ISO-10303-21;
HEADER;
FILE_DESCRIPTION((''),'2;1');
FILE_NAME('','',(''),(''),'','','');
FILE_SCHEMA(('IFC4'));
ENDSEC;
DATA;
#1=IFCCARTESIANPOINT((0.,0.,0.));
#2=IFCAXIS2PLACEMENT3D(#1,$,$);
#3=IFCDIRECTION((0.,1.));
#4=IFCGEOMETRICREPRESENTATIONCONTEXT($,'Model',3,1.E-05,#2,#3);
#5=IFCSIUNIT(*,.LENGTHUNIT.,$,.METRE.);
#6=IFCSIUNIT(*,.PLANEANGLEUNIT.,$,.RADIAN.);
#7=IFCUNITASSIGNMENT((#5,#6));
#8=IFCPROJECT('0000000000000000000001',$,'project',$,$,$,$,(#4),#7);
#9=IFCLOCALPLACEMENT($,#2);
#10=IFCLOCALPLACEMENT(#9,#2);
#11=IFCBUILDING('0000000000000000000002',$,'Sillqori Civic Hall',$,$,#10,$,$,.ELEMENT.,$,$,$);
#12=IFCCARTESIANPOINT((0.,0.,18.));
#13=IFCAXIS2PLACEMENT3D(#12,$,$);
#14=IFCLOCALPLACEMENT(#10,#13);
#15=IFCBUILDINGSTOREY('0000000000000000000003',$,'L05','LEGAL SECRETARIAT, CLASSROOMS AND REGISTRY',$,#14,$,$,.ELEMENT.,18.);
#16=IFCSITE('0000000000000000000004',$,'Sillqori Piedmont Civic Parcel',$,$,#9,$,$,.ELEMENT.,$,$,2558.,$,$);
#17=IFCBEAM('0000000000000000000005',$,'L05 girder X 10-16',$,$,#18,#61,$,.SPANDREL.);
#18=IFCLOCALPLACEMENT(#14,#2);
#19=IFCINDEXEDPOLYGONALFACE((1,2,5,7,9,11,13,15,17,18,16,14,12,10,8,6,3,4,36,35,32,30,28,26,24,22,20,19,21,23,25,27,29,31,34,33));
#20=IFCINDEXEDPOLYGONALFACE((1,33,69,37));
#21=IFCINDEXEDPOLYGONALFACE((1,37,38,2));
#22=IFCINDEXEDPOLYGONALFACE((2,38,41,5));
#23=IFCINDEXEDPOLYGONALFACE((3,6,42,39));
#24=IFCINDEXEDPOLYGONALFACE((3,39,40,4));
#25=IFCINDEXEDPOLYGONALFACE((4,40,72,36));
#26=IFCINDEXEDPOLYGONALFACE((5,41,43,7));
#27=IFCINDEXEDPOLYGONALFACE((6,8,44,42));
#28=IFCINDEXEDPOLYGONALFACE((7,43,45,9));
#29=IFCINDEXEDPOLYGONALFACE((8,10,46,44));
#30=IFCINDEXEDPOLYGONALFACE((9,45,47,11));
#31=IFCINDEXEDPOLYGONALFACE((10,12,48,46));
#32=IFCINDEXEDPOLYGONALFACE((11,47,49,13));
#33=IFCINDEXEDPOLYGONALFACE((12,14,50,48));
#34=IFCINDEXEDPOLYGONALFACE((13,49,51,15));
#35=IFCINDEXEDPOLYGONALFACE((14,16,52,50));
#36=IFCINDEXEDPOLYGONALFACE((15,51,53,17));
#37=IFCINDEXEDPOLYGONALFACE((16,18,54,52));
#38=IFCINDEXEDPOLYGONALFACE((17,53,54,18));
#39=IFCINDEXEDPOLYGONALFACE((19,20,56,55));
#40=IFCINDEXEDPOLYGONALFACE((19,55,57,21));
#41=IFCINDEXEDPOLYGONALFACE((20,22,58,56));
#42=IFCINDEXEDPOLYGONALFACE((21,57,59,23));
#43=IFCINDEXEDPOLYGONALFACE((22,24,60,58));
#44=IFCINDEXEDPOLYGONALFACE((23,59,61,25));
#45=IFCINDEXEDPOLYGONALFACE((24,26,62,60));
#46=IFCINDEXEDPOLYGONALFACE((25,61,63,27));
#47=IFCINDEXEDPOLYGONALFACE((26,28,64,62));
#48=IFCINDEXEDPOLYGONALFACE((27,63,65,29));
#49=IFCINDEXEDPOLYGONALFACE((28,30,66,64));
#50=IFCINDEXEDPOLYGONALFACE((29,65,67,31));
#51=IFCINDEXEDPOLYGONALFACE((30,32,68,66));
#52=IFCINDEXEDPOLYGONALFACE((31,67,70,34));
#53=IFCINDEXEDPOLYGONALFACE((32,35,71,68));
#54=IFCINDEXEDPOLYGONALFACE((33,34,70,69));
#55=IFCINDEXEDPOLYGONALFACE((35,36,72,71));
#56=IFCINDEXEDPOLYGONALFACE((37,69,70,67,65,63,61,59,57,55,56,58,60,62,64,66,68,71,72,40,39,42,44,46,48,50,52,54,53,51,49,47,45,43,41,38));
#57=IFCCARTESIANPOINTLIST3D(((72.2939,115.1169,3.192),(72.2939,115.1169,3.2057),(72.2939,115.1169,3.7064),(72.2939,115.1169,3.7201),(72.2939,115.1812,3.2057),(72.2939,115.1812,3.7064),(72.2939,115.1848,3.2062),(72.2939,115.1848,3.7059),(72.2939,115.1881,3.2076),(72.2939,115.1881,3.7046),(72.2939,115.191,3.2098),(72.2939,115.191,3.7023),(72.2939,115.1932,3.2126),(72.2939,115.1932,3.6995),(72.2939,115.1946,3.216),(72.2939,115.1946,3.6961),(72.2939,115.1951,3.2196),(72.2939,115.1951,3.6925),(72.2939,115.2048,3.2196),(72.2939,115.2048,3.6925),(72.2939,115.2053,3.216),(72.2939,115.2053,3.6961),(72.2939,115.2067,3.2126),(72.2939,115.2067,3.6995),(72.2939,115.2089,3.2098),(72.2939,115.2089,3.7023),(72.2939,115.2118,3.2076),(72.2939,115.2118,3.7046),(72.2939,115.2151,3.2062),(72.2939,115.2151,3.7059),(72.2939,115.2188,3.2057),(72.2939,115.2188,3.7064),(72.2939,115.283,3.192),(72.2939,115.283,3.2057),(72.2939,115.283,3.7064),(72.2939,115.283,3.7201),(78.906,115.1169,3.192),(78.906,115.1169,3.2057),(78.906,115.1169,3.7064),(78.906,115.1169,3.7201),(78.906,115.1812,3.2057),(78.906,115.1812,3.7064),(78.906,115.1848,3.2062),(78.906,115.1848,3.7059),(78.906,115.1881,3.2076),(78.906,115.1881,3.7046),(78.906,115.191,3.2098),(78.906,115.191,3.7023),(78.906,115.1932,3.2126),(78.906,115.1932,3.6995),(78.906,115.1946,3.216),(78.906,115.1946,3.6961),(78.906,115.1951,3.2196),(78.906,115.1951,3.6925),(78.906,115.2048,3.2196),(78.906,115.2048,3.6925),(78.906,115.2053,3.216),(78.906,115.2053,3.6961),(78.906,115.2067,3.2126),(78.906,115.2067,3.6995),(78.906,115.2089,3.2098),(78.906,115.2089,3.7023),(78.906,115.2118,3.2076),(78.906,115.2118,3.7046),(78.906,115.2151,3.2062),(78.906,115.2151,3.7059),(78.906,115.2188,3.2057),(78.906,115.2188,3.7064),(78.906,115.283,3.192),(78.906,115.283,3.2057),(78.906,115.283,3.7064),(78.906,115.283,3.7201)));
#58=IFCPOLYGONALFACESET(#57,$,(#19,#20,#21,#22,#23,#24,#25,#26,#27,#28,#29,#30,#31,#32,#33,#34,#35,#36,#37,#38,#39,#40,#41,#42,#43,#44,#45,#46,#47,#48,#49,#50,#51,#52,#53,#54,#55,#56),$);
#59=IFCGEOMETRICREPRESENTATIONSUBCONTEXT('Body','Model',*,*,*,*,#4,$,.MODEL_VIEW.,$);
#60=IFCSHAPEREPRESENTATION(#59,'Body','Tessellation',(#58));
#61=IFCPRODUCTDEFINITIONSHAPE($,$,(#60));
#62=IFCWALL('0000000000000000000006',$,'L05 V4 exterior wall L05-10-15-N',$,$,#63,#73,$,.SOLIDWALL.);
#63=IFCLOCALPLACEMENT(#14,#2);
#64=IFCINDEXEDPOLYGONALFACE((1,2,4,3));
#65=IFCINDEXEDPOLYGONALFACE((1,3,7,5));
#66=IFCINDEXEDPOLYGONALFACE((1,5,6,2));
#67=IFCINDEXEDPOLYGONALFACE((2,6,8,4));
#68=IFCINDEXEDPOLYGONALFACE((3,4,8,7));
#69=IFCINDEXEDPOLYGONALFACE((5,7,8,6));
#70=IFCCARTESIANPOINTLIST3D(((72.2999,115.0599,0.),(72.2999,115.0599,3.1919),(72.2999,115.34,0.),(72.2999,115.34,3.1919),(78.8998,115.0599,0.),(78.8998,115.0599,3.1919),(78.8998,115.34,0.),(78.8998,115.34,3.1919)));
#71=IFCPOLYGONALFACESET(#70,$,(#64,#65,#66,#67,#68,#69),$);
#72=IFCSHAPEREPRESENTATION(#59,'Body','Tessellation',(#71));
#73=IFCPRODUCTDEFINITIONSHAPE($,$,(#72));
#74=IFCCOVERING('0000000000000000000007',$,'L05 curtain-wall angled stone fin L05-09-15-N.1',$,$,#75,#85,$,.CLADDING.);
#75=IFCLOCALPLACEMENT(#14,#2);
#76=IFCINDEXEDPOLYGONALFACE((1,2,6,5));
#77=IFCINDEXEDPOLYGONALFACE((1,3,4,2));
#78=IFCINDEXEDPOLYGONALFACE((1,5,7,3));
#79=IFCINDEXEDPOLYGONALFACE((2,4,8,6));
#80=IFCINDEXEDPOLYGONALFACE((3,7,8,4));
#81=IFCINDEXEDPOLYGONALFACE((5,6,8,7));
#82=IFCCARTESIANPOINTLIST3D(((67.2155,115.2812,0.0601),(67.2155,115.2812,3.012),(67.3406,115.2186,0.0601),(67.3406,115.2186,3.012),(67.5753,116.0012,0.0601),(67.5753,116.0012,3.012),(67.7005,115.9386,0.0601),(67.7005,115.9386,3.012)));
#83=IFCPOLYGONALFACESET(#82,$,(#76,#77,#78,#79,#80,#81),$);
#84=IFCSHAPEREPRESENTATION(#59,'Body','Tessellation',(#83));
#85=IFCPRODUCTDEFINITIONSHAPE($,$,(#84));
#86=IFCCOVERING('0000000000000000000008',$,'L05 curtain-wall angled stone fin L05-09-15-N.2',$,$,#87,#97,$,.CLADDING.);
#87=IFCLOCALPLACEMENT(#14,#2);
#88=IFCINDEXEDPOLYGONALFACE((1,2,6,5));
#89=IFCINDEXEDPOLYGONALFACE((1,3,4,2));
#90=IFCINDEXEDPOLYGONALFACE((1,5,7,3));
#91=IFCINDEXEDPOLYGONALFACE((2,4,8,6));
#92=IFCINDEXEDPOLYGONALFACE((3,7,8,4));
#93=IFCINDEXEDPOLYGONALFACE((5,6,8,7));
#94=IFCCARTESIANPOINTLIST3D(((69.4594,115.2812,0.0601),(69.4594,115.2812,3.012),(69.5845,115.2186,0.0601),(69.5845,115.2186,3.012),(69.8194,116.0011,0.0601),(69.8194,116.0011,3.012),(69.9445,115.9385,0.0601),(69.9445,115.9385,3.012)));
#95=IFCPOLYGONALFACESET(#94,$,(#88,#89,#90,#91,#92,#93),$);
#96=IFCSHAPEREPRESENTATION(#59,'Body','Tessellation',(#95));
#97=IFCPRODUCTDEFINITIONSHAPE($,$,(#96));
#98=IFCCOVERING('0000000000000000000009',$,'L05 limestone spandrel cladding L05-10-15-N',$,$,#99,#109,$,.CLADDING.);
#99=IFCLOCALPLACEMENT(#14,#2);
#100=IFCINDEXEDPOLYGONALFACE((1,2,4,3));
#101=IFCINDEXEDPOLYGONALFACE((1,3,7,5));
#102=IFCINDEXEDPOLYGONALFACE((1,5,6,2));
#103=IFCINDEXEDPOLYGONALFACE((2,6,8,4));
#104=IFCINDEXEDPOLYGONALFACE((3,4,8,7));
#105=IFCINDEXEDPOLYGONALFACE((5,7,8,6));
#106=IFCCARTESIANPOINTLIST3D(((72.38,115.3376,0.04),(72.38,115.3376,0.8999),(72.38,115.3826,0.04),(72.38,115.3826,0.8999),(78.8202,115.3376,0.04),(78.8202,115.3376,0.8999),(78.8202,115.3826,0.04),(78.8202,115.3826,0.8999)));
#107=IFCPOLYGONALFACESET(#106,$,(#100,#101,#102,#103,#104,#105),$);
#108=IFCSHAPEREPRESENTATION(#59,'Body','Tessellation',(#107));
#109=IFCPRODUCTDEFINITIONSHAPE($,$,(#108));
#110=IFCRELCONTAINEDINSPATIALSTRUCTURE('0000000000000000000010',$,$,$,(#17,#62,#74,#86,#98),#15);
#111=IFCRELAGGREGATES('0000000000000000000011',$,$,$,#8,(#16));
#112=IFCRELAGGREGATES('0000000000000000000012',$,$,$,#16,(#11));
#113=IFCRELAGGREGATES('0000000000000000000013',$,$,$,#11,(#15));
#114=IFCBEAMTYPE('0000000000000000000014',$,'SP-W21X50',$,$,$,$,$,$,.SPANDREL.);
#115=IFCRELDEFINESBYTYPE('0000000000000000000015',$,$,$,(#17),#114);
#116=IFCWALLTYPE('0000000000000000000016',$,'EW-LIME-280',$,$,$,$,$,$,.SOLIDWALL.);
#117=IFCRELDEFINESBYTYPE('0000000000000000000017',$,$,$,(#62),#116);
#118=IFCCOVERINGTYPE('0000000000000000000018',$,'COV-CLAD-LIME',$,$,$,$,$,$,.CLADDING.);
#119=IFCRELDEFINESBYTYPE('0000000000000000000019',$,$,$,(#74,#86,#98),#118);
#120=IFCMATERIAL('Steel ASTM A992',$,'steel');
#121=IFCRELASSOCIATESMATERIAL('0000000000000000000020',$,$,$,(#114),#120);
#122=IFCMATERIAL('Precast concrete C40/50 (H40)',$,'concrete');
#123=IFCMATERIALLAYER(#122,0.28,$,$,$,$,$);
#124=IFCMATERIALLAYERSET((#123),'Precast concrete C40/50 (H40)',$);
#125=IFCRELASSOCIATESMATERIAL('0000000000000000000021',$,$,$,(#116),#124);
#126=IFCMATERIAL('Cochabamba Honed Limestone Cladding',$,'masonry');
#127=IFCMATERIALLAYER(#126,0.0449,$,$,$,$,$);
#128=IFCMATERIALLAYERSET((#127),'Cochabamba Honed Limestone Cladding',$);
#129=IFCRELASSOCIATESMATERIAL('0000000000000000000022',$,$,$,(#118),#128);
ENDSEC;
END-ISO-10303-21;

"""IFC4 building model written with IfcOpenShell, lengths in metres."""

from ifc_helpers import new_model, si_unit, direction, frame, frame_2d, origin, origin_2d, place, context, subcontext, project, spatial, rectangle, i_section, extrude, material, layer, layer_set, material_profile, profile_set, type_object, element, save


model = new_model("IFC4")

# Units and contexts
model_context = context("Model", 3, precision=1e-05, world=origin(), true_north=direction((0.0, 1.0)))
body_context = subcontext(model_context, "Body", "Model", "MODEL_VIEW")
ifc_project = project(units=[si_unit("LENGTHUNIT", "METRE"), si_unit("PLANEANGLEUNIT", "RADIAN")], contexts=[model_context])

# Site, building, storey
site_placement = place(None, origin())
site = spatial("IfcSite", under=ifc_project, at=site_placement, Name="Sillqori Piedmont Civic Parcel", CompositionType="ELEMENT", RefElevation=2558.0)
building_placement = place(site_placement, origin())
building = spatial("IfcBuilding", under=site, at=building_placement, Name="Sillqori Civic Hall", CompositionType="ELEMENT")
storey_placement = place(building_placement, frame((0.0, 0.0, 18.0)))
storey = spatial("IfcBuildingStorey", under=building, at=storey_placement, Name="L05", Description="LEGAL SECRETARIAT, CLASSROOMS AND REGISTRY", CompositionType="ELEMENT", Elevation=18.0)

# Shared definitions
ifc_material_1 = material(Name="Steel ASTM A992", Category="steel")

# Beam
ifc_material_profile_1 = material_profile(ifc_material_1, i_section(OverallWidth=0.166, OverallDepth=0.5281, WebThickness=0.0098, FlangeThickness=0.0137, FilletRadius=0.0139, at=origin_2d()), Name="W21X50")
ifc_profile_set_1 = profile_set([ifc_material_profile_1], Name="Steel ASTM A992")
beam_type_1 = type_object("IfcBeamType", Name="SP-W21X50", PredefinedType="SPANDREL", material=ifc_profile_set_1)
for number, where, z_axis, x_axis, name in (
    (1, (72.2939, 115.2, 3.4561), (1.0, 0.0, 0.0), (0.0, 1.0, 0.0), "L05 girder X 10-16"),
):
    element("IfcBeam", number, at=place(storey_placement, frame(where, z_axis=z_axis, x_axis=x_axis)), inside=storey, type_object=beam_type_1, Name=name, PredefinedType="SPANDREL", context=body_context, shape_type="SweptSolid", body=[
        extrude(i_section(OverallWidth=0.166, OverallDepth=0.5281, WebThickness=0.0098, FlangeThickness=0.0137, FilletRadius=0.0139, at=origin_2d()), origin(), (0.0, 0.0, 1.0), 6.6121),
    ])

# Wall
ifc_material_2 = material(Name="Precast concrete C40/50 (H40)", Category="concrete")
ifc_layer_1 = layer(ifc_material_2, 0.28)
ifc_layer_set_1 = layer_set([ifc_layer_1], Name="Precast concrete C40/50 (H40)")
wall_type = type_object("IfcWallType", Name="EW-LIME-280", PredefinedType="SOLIDWALL", material=ifc_layer_set_1)
wall_placement = place(storey_placement, frame((72.3, 115.2, 0.0), z_axis=(0.0, 0.0, 1.0), x_axis=(1.0, 0.0, 0.0)))
element("IfcWall", 2, at=wall_placement, inside=storey, type_object=wall_type, Name="L05 V4 exterior wall L05-10-15-N", PredefinedType="SOLIDWALL", context=body_context, shape_type="SweptSolid", body=[
    extrude(rectangle(XDim=6.5999, YDim=0.28, at=frame_2d((3.2998, 0.0))), origin(), (0.0, 0.0, 1.0), 3.1919),
])

# Coverings
ifc_material_3 = material(Name="Cochabamba Honed Limestone Cladding", Category="masonry")
ifc_layer_2 = layer(ifc_material_3, 0.0449)
ifc_layer_set_2 = layer_set([ifc_layer_2], Name="Cochabamba Honed Limestone Cladding")
covering_type = type_object("IfcCoveringType", Name="COV-CLAD-LIME", PredefinedType="CLADDING", material=ifc_layer_set_2)
for number, where, z_axis, x_axis, name in (
    (3, (67.2781, 115.25, 0.0601), (0.0, 0.0, 1.0), (0.447092, 0.894488, 0.0), "L05 curtain-wall angled stone fin L05-09-15-N.1"),
    (4, (69.522, 115.25, 0.0601), (0.0, 0.0, 1.0), (0.447335, 0.894367, 0.0), "L05 curtain-wall angled stone fin L05-09-15-N.2"),
):
    element("IfcCovering", number, at=place(storey_placement, frame(where, z_axis=z_axis, x_axis=x_axis)), inside=storey, type_object=covering_type, Name=name, PredefinedType="CLADDING", context=body_context, shape_type="SweptSolid", body=[
        extrude(rectangle(XDim=0.8049, YDim=0.1399, at=frame_2d((0.4023, 0.0))), origin(), (0.0, 0.0, 1.0), 2.9519),
    ])
covering_placement = place(storey_placement, frame((72.3799, 115.3601, 0.04), z_axis=(0.0, 0.0, 1.0), x_axis=(1.0, 0.0, 0.0)))
element("IfcCovering", 5, at=covering_placement, inside=storey, type_object=covering_type, Name="L05 limestone spandrel cladding L05-10-15-N", PredefinedType="CLADDING", context=body_context, shape_type="SweptSolid", body=[
    extrude(rectangle(XDim=6.4402, YDim=0.0449, at=frame_2d((3.2202, 0.0))), origin(), (0.0, 0.0, 1.0), 0.8599),
])

save(model, "model.ifc")
